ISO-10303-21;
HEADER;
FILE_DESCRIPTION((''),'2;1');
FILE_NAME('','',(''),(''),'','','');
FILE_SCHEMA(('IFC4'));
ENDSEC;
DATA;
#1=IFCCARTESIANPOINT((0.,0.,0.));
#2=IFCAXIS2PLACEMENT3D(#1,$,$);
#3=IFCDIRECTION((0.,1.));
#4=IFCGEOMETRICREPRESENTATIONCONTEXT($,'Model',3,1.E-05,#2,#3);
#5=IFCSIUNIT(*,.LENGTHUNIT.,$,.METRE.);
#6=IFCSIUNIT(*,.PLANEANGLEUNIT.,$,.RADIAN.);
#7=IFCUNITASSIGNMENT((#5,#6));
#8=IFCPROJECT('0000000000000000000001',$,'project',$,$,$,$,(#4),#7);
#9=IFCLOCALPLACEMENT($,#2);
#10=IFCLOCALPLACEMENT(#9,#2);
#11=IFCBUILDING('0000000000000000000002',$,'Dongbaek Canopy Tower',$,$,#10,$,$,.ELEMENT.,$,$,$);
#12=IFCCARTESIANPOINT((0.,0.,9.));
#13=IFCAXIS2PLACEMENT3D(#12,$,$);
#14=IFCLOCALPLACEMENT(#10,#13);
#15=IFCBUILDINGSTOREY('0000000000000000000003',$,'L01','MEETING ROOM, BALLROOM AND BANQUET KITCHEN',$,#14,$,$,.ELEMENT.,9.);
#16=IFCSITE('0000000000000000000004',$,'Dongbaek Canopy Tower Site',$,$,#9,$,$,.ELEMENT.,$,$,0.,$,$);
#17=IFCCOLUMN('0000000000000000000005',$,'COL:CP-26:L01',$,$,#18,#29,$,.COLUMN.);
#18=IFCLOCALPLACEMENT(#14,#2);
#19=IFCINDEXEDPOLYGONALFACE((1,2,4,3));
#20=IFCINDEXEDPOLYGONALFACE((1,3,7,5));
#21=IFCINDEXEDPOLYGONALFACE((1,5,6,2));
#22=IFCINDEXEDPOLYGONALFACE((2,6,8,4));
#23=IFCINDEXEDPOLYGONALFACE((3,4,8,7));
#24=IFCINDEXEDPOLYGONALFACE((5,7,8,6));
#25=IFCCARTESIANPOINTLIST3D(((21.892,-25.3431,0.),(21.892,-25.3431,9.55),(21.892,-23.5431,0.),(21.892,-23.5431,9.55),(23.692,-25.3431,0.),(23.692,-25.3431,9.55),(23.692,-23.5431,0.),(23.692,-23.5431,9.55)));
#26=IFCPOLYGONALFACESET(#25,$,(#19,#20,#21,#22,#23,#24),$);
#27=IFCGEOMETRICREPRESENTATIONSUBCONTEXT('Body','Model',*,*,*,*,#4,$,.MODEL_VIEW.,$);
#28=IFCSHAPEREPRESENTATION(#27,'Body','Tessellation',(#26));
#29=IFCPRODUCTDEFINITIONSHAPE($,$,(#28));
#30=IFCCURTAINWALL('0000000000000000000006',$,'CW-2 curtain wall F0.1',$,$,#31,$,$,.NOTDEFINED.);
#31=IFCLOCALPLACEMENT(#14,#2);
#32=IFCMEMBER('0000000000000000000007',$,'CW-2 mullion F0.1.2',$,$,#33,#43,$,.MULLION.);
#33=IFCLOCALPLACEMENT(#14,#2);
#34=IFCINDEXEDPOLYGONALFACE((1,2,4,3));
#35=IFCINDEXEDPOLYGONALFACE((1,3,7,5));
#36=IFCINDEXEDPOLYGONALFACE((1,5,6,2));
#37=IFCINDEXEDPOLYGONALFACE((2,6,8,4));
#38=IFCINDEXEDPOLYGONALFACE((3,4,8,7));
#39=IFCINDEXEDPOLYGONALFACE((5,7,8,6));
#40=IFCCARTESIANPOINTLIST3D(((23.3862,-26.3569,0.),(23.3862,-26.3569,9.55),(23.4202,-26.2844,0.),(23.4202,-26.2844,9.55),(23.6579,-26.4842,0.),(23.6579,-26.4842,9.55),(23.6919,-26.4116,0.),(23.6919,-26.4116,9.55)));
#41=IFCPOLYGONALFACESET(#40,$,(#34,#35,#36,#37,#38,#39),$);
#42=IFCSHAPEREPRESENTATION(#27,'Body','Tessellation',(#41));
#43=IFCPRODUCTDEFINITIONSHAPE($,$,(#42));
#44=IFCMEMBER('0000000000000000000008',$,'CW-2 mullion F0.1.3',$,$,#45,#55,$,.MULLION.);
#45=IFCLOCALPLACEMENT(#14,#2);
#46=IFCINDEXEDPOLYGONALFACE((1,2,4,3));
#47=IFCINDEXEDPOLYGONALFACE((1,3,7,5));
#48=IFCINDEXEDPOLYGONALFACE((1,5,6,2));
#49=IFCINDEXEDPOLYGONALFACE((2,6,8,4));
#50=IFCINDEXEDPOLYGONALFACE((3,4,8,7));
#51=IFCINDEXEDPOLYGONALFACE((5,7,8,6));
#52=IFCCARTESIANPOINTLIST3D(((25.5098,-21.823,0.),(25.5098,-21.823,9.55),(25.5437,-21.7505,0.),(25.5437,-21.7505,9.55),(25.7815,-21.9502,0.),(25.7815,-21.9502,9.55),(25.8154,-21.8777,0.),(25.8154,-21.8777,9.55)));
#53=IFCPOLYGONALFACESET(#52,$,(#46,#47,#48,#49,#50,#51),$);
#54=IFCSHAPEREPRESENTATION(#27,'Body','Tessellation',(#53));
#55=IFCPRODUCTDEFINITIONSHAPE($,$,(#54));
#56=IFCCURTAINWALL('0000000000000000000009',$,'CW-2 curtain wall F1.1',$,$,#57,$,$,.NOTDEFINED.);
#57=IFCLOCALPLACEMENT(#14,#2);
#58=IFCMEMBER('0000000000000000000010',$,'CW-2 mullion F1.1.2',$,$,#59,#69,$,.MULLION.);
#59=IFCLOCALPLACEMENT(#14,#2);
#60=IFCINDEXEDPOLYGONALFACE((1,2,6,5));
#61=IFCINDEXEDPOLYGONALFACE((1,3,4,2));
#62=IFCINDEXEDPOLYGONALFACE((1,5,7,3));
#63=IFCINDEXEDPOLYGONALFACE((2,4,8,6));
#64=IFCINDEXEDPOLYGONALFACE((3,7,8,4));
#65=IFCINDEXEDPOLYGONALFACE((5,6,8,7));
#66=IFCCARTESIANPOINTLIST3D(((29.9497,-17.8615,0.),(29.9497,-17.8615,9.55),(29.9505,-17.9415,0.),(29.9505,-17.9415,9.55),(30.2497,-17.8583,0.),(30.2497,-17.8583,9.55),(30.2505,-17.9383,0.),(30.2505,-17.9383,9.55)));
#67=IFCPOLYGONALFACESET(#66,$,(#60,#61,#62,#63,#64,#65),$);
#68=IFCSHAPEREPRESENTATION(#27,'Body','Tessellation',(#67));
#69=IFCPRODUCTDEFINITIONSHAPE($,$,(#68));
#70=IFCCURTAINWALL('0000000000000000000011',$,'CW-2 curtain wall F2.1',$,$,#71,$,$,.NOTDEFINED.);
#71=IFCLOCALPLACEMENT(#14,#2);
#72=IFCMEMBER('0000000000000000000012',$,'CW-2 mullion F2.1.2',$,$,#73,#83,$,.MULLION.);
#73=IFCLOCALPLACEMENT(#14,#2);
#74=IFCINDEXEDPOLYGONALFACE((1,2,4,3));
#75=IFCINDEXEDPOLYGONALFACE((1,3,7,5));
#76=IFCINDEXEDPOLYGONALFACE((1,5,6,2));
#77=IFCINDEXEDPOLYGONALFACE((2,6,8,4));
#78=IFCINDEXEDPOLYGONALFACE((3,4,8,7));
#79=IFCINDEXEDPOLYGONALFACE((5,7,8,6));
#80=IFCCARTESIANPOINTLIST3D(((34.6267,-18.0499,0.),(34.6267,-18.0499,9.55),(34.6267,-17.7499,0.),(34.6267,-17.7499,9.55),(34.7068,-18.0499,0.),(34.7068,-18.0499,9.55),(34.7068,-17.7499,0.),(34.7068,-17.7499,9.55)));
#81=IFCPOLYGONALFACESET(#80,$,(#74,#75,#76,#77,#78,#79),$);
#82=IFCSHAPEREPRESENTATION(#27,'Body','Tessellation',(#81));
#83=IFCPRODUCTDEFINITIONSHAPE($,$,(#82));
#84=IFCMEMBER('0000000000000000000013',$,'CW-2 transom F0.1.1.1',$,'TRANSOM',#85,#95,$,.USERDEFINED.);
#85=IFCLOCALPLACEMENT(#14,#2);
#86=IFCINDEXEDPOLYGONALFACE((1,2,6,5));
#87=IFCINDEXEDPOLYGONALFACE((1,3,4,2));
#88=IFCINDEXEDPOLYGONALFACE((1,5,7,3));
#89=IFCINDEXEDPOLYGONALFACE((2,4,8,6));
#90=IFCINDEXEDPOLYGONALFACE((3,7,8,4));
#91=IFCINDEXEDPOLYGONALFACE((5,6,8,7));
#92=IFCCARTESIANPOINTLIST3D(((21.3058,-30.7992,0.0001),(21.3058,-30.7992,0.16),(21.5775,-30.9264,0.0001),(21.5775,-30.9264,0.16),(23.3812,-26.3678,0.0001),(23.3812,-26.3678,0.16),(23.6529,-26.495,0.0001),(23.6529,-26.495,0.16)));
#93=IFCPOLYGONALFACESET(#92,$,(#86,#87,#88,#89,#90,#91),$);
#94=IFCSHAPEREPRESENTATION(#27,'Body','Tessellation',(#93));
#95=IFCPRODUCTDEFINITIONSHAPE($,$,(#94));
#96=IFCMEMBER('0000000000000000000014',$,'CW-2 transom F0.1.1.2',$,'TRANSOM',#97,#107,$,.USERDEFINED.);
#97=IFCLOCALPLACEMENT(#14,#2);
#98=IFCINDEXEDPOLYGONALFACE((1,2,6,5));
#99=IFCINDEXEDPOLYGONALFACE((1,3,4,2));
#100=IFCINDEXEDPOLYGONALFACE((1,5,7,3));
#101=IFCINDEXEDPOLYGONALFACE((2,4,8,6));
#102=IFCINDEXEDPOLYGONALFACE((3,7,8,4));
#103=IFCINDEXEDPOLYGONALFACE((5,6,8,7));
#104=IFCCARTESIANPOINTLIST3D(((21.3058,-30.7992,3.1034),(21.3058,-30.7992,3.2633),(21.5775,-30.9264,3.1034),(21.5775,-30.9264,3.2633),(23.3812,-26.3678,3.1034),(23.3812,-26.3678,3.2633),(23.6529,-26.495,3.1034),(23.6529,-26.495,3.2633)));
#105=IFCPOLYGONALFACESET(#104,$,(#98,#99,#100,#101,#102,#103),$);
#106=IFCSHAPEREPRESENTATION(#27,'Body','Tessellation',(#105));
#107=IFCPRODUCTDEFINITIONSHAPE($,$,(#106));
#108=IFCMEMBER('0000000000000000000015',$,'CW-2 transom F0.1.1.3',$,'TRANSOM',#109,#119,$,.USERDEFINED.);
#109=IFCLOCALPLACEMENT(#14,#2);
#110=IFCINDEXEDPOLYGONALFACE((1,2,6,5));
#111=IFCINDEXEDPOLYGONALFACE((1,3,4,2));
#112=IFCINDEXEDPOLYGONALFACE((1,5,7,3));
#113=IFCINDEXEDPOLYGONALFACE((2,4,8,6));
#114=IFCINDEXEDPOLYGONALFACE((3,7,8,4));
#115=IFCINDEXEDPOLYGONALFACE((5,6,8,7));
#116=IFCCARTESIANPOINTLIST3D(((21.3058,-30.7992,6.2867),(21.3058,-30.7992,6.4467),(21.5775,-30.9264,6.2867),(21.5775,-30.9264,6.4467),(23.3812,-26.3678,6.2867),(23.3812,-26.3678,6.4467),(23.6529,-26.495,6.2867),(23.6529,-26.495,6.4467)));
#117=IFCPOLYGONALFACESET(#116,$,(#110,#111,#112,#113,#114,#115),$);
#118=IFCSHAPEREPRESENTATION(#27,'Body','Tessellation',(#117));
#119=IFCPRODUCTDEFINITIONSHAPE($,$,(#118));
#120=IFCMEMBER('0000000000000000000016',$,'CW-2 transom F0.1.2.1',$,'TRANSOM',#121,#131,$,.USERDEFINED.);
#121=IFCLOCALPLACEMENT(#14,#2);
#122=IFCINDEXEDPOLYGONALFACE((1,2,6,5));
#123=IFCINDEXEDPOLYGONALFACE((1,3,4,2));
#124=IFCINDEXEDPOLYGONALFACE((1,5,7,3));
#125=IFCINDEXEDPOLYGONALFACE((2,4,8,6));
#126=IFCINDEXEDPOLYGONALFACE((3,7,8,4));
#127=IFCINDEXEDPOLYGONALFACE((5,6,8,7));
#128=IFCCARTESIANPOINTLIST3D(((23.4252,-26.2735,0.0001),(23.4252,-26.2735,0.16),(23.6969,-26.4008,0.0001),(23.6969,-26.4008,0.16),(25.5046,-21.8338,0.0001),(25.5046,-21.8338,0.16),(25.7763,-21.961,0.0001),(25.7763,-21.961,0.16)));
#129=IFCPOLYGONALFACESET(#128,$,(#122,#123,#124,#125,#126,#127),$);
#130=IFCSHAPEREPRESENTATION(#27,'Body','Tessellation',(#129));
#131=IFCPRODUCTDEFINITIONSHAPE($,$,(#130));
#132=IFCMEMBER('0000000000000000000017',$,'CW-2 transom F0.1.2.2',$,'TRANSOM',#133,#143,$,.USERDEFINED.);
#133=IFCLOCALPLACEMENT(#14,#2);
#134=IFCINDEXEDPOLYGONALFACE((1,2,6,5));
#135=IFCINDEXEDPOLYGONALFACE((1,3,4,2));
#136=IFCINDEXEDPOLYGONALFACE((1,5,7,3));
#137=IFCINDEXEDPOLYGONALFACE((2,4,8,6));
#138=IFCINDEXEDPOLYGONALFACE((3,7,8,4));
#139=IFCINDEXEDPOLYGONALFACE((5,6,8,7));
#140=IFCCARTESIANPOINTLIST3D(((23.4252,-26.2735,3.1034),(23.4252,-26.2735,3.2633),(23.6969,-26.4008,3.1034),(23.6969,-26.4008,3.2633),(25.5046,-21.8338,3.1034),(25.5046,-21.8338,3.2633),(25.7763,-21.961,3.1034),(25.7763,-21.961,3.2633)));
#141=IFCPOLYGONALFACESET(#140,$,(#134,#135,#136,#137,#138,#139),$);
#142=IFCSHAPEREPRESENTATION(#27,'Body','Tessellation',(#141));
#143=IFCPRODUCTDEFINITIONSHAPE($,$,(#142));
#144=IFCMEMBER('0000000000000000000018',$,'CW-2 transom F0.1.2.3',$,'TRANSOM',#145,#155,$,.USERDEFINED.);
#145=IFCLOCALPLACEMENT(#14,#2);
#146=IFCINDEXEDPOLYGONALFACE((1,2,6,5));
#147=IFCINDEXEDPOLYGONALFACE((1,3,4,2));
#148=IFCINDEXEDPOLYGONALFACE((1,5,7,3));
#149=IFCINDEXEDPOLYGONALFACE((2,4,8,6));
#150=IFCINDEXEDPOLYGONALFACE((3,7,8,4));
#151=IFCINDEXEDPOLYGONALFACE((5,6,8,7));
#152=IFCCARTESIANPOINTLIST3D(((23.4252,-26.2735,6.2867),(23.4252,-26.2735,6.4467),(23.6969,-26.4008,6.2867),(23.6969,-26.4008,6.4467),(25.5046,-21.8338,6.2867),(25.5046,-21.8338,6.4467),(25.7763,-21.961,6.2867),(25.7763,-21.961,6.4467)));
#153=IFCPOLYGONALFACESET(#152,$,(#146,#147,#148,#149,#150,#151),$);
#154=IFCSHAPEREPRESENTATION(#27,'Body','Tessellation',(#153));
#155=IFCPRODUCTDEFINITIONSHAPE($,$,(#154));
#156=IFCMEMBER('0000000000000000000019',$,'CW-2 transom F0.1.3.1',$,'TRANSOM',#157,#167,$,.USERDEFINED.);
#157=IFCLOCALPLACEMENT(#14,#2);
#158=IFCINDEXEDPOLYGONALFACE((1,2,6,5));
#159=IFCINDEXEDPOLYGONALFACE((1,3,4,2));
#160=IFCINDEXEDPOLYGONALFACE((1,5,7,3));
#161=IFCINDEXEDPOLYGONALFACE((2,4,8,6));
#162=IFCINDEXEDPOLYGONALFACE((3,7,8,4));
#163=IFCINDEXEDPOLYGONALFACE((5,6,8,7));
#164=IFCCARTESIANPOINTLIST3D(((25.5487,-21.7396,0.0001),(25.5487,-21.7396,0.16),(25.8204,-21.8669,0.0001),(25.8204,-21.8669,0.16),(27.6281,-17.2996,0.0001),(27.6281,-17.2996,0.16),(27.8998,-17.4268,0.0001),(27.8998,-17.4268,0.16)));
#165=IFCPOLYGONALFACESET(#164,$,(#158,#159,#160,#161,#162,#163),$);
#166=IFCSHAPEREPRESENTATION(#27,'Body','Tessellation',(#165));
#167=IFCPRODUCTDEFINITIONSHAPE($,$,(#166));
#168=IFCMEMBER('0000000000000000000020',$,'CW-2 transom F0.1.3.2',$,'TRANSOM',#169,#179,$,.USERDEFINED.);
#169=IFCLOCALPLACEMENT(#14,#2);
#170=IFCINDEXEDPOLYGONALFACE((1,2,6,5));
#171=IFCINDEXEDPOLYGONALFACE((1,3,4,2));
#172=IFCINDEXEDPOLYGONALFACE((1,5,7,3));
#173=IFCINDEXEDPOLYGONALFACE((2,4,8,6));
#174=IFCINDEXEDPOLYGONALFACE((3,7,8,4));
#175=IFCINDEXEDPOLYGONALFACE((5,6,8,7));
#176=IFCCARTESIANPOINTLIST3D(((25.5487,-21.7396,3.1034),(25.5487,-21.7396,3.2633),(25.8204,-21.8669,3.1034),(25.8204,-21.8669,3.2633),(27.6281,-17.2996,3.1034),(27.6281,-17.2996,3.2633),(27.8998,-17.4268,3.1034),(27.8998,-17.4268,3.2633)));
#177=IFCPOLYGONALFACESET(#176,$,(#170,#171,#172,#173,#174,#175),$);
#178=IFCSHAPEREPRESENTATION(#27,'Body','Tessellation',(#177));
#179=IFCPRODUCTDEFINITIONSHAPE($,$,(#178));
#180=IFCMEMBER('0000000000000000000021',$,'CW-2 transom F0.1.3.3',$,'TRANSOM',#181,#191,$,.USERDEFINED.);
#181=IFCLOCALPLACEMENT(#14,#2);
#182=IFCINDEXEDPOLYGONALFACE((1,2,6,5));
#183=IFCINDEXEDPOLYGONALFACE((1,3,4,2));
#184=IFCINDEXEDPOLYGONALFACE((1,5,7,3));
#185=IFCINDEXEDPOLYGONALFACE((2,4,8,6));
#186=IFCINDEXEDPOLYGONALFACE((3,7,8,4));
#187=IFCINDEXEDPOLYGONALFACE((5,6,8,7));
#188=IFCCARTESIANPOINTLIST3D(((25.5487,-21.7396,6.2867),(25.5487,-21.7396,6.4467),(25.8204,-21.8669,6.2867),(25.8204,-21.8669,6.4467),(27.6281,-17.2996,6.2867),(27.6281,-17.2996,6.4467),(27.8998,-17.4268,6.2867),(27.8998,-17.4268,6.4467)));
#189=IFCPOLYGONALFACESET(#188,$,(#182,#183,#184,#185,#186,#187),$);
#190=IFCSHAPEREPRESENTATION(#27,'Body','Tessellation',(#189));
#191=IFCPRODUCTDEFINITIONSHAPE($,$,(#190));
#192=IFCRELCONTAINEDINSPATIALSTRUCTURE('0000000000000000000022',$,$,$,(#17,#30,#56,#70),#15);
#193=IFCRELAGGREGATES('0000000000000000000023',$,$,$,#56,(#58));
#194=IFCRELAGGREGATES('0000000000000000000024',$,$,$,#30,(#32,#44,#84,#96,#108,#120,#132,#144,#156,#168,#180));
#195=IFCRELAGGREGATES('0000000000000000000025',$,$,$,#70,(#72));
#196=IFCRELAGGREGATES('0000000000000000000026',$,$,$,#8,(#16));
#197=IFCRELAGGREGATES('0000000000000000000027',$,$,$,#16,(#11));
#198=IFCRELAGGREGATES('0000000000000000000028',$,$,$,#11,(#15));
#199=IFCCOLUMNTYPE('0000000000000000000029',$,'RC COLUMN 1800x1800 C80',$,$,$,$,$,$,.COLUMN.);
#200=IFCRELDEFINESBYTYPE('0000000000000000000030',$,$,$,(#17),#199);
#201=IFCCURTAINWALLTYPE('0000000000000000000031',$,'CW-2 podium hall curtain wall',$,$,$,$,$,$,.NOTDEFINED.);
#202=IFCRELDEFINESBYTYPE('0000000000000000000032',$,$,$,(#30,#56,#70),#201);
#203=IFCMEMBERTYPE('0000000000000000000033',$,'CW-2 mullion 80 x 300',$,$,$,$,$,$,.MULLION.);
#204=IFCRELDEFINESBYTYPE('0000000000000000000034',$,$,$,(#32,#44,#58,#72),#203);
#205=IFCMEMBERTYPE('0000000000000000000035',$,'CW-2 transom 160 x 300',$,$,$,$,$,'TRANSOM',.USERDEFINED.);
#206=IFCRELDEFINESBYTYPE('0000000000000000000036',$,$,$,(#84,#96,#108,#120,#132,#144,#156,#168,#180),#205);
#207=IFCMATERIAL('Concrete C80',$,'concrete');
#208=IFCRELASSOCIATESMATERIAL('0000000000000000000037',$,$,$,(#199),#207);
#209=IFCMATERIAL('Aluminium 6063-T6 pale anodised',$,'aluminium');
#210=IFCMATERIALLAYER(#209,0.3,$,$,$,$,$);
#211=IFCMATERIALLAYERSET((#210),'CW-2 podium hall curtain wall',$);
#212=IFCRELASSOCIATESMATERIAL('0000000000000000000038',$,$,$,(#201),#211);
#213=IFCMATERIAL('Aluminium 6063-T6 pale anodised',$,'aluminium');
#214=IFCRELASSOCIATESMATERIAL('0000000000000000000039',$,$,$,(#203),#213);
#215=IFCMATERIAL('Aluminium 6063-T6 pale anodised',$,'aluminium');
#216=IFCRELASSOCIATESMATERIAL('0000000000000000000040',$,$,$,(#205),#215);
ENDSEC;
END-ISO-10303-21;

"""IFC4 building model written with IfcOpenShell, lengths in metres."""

from ifc_helpers import new_model, si_unit, direction, frame, origin, origin_2d, place, context, subcontext, project, spatial, rectangle, extrude, material, layer, layer_set, material_profile, profile_set, type_object, element, aggregate, save


model = new_model("IFC4")

# Units and contexts
model_context = context("Model", 3, precision=1e-05, world=origin(), true_north=direction((0.0, 1.0)))
body_context = subcontext(model_context, "Body", "Model", "MODEL_VIEW")
ifc_project = project(units=[si_unit("LENGTHUNIT", "METRE"), si_unit("PLANEANGLEUNIT", "RADIAN")], contexts=[model_context])

# Site, building, storey
site_placement = place(None, origin())
site = spatial("IfcSite", under=ifc_project, at=site_placement, Name="Dongbaek Canopy Tower Site", CompositionType="ELEMENT", RefElevation=0.0)
building_placement = place(site_placement, origin())
building = spatial("IfcBuilding", under=site, at=building_placement, Name="Dongbaek Canopy Tower", CompositionType="ELEMENT")
storey_placement = place(building_placement, frame((0.0, 0.0, 9.0)))
storey = spatial("IfcBuildingStorey", under=building, at=storey_placement, Name="L01", Description="MEETING ROOM, BALLROOM AND BANQUET KITCHEN", CompositionType="ELEMENT", Elevation=9.0)

# Column
ifc_material_1 = material(Name="Concrete C80", Category="concrete")
ifc_material_profile_1 = material_profile(ifc_material_1, rectangle(XDim=1.8, YDim=1.8, at=origin_2d()), Name="RC COLUMN 1800x1800 C80")
ifc_profile_set_1 = profile_set([ifc_material_profile_1], Name="Concrete C80")
column_type = type_object("IfcColumnType", Name="RC COLUMN 1800x1800 C80", PredefinedType="COLUMN", material=ifc_profile_set_1)
column_placement = place(storey_placement, frame((22.792, -24.4431, 0.0), z_axis=(0.0, 0.0, 1.0), x_axis=(1.0, 0.0, 0.0)))
element("IfcColumn", 1, at=column_placement, inside=storey, type_object=column_type, Name="COL:CP-26:L01", PredefinedType="COLUMN", context=body_context, shape_type="SweptSolid", body=[
    extrude(rectangle(XDim=1.8, YDim=1.8, at=origin_2d()), origin(), (0.0, 0.0, 1.0), 9.55),
])

# Curtain wall, members
ifc_material_2 = material(Name="Aluminium 6063-T6 pale anodised", Category="aluminium")
ifc_layer_1 = layer(ifc_material_2, 0.3)
ifc_layer_set_1 = layer_set([ifc_layer_1], Name="CW-2 podium hall curtain wall")
curtain_wall_type = type_object("IfcCurtainWallType", Name="CW-2 podium hall curtain wall", PredefinedType="NOTDEFINED", material=ifc_layer_set_1)
curtain_wall_1_placement = place(storey_placement, origin())
curtain_wall_1 = element("IfcCurtainWall", 2, at=curtain_wall_1_placement, inside=storey, type_object=curtain_wall_type, Name="CW-2 curtain wall F0.1", PredefinedType="NOTDEFINED")
ifc_material_3 = material(Name="Aluminium 6063-T6 pale anodised", Category="aluminium")
ifc_material_profile_2 = material_profile(ifc_material_3, rectangle(XDim=0.3, YDim=0.0801, at=origin_2d()), Name="CW-2 mullion 80 x 300")
ifc_profile_set_2 = profile_set([ifc_material_profile_2], Name="Aluminium 6063-T6 pale anodised")
member_type_1 = type_object("IfcMemberType", Name="CW-2 mullion 80 x 300", PredefinedType="MULLION", material=ifc_profile_set_2)
member_1_placement = place(storey_placement, frame((23.5391, -26.3843, 0.0), z_axis=(0.0, 0.0, 1.0), x_axis=(0.905605, -0.424123, 0.0)))
member_1 = element("IfcMember", 3, at=member_1_placement, type_object=member_type_1, Name="CW-2 mullion F0.1.2", PredefinedType="MULLION", context=body_context, shape_type="SweptSolid", body=[
    extrude(rectangle(XDim=0.3, YDim=0.0801, at=origin_2d()), origin(), (0.0, 0.0, 1.0), 9.55),
])
member_2_placement = place(storey_placement, frame((25.6626, -21.8503, 0.0), z_axis=(0.0, 0.0, 1.0), x_axis=(0.905605, -0.424123, 0.0)))
member_2 = element("IfcMember", 4, at=member_2_placement, type_object=member_type_1, Name="CW-2 mullion F0.1.3", PredefinedType="MULLION", context=body_context, shape_type="SweptSolid", body=[
    extrude(rectangle(XDim=0.3, YDim=0.0801, at=origin_2d()), origin(), (0.0, 0.0, 1.0), 9.55),
])

# Curtain walls, members
curtain_wall_2_placement = place(storey_placement, origin())
curtain_wall_2 = element("IfcCurtainWall", 5, at=curtain_wall_2_placement, inside=storey, type_object=curtain_wall_type, Name="CW-2 curtain wall F1.1", PredefinedType="NOTDEFINED")
member_3_placement = place(storey_placement, frame((30.1001, -17.8999, 0.0), z_axis=(0.0, 0.0, 1.0), x_axis=(-0.999942, -0.010729, 0.0)))
member_3 = element("IfcMember", 6, at=member_3_placement, type_object=member_type_1, Name="CW-2 mullion F1.1.2", PredefinedType="MULLION", context=body_context, shape_type="SweptSolid", body=[
    extrude(rectangle(XDim=0.3, YDim=0.0801, at=origin_2d()), origin(), (0.0, 0.0, 1.0), 9.55),
])
aggregate(curtain_wall_2, [member_3])
curtain_wall_3_placement = place(storey_placement, origin())
curtain_wall_3 = element("IfcCurtainWall", 7, at=curtain_wall_3_placement, inside=storey, type_object=curtain_wall_type, Name="CW-2 curtain wall F2.1", PredefinedType="NOTDEFINED")
member_4_placement = place(storey_placement, frame((34.6667, -17.8999, 0.0), z_axis=(0.0, 0.0, 1.0), x_axis=(0.0, -1.0, 0.0)))
member_4 = element("IfcMember", 8, at=member_4_placement, type_object=member_type_1, Name="CW-2 mullion F2.1.2", PredefinedType="MULLION", context=body_context, shape_type="SweptSolid", body=[
    extrude(rectangle(XDim=0.3, YDim=0.0801, at=origin_2d()), origin(), (0.0, 0.0, 1.0), 9.55),
])

# Members
ifc_material_4 = material(Name="Aluminium 6063-T6 pale anodised", Category="aluminium")
ifc_material_profile_3 = material_profile(ifc_material_4, rectangle(XDim=0.3, YDim=0.1599, at=origin_2d()), Name="CW-2 transom 160 x 300")
ifc_profile_set_3 = profile_set([ifc_material_profile_3], Name="Aluminium 6063-T6 pale anodised")
member_type_2 = type_object("IfcMemberType", Name="CW-2 transom 160 x 300", ElementType="TRANSOM", PredefinedType="USERDEFINED", material=ifc_profile_set_3)
member_5_placement = place(storey_placement, frame((21.4417, -30.8628, 0.0801), z_axis=(0.424136, 0.905598, 0.0), x_axis=(-0.905598, 0.424136, 0.0)))
member_5 = element("IfcMember", 9, at=member_5_placement, type_object=member_type_2, Name="CW-2 transom F0.1.1.1", ObjectType="TRANSOM", PredefinedType="USERDEFINED", context=body_context, shape_type="SweptSolid", body=[
    extrude(rectangle(XDim=0.3, YDim=0.1599, at=origin_2d()), origin(), (0.0, 0.0, 1.0), 4.8933),
])
member_6_placement = place(storey_placement, frame((21.4417, -30.8628, 3.1833), z_axis=(0.424136, 0.905598, 0.0), x_axis=(-0.905598, 0.424136, 0.0)))
member_6 = element("IfcMember", 10, at=member_6_placement, type_object=member_type_2, Name="CW-2 transom F0.1.1.2", ObjectType="TRANSOM", PredefinedType="USERDEFINED", context=body_context, shape_type="SweptSolid", body=[
    extrude(rectangle(XDim=0.3, YDim=0.1599, at=origin_2d()), origin(), (0.0, 0.0, 1.0), 4.8933),
])
member_7_placement = place(storey_placement, frame((21.4417, -30.8628, 6.3667), z_axis=(0.424136, 0.905598, 0.0), x_axis=(-0.905598, 0.424136, 0.0)))
member_7 = element("IfcMember", 11, at=member_7_placement, type_object=member_type_2, Name="CW-2 transom F0.1.1.3", ObjectType="TRANSOM", PredefinedType="USERDEFINED", context=body_context, shape_type="SweptSolid", body=[
    extrude(rectangle(XDim=0.3, YDim=0.1599, at=origin_2d()), origin(), (0.0, 0.0, 1.0), 4.8933),
])
member_8_placement = place(storey_placement, frame((23.561, -26.3372, 0.0801), z_axis=(0.424139, 0.905597, 0.0), x_axis=(-0.905597, 0.424139, 0.0)))
member_8 = element("IfcMember", 12, at=member_8_placement, type_object=member_type_2, Name="CW-2 transom F0.1.2.1", ObjectType="TRANSOM", PredefinedType="USERDEFINED", context=body_context, shape_type="SweptSolid", body=[
    extrude(rectangle(XDim=0.3, YDim=0.1599, at=origin_2d()), origin(), (0.0, 0.0, 1.0), 4.9026),
])
member_9_placement = place(storey_placement, frame((23.561, -26.3372, 3.1833), z_axis=(0.424139, 0.905597, 0.0), x_axis=(-0.905597, 0.424139, 0.0)))
member_9 = element("IfcMember", 13, at=member_9_placement, type_object=member_type_2, Name="CW-2 transom F0.1.2.2", ObjectType="TRANSOM", PredefinedType="USERDEFINED", context=body_context, shape_type="SweptSolid", body=[
    extrude(rectangle(XDim=0.3, YDim=0.1599, at=origin_2d()), origin(), (0.0, 0.0, 1.0), 4.9026),
])
member_10_placement = place(storey_placement, frame((23.561, -26.3372, 6.3667), z_axis=(0.424139, 0.905597, 0.0), x_axis=(-0.905597, 0.424139, 0.0)))
member_10 = element("IfcMember", 14, at=member_10_placement, type_object=member_type_2, Name="CW-2 transom F0.1.2.3", ObjectType="TRANSOM", PredefinedType="USERDEFINED", context=body_context, shape_type="SweptSolid", body=[
    extrude(rectangle(XDim=0.3, YDim=0.1599, at=origin_2d()), origin(), (0.0, 0.0, 1.0), 4.9026),
])
member_11_placement = place(storey_placement, frame((25.6846, -21.8032, 0.0801), z_axis=(0.42412, 0.905606, 0.0), x_axis=(-0.905606, 0.42412, 0.0)))
member_11 = element("IfcMember", 15, at=member_11_placement, type_object=member_type_2, Name="CW-2 transom F0.1.3.1", ObjectType="TRANSOM", PredefinedType="USERDEFINED", context=body_context, shape_type="SweptSolid", body=[
    extrude(rectangle(XDim=0.3, YDim=0.1599, at=origin_2d()), origin(), (0.0, 0.0, 1.0), 4.9028),
])
member_12_placement = place(storey_placement, frame((25.6846, -21.8032, 3.1833), z_axis=(0.42412, 0.905606, 0.0), x_axis=(-0.905606, 0.42412, 0.0)))
member_12 = element("IfcMember", 16, at=member_12_placement, type_object=member_type_2, Name="CW-2 transom F0.1.3.2", ObjectType="TRANSOM", PredefinedType="USERDEFINED", context=body_context, shape_type="SweptSolid", body=[
    extrude(rectangle(XDim=0.3, YDim=0.1599, at=origin_2d()), origin(), (0.0, 0.0, 1.0), 4.9028),
])
member_13_placement = place(storey_placement, frame((25.6846, -21.8032, 6.3667), z_axis=(0.42412, 0.905606, 0.0), x_axis=(-0.905606, 0.42412, 0.0)))
member_13 = element("IfcMember", 17, at=member_13_placement, type_object=member_type_2, Name="CW-2 transom F0.1.3.3", ObjectType="TRANSOM", PredefinedType="USERDEFINED", context=body_context, shape_type="SweptSolid", body=[
    extrude(rectangle(XDim=0.3, YDim=0.1599, at=origin_2d()), origin(), (0.0, 0.0, 1.0), 4.9028),
])

aggregate(curtain_wall_1, [member_1, member_2, member_5, member_6, member_7, member_8, member_9, member_10, member_11, member_12, member_13])
aggregate(curtain_wall_3, [member_4])

save(model, "model.ifc")
